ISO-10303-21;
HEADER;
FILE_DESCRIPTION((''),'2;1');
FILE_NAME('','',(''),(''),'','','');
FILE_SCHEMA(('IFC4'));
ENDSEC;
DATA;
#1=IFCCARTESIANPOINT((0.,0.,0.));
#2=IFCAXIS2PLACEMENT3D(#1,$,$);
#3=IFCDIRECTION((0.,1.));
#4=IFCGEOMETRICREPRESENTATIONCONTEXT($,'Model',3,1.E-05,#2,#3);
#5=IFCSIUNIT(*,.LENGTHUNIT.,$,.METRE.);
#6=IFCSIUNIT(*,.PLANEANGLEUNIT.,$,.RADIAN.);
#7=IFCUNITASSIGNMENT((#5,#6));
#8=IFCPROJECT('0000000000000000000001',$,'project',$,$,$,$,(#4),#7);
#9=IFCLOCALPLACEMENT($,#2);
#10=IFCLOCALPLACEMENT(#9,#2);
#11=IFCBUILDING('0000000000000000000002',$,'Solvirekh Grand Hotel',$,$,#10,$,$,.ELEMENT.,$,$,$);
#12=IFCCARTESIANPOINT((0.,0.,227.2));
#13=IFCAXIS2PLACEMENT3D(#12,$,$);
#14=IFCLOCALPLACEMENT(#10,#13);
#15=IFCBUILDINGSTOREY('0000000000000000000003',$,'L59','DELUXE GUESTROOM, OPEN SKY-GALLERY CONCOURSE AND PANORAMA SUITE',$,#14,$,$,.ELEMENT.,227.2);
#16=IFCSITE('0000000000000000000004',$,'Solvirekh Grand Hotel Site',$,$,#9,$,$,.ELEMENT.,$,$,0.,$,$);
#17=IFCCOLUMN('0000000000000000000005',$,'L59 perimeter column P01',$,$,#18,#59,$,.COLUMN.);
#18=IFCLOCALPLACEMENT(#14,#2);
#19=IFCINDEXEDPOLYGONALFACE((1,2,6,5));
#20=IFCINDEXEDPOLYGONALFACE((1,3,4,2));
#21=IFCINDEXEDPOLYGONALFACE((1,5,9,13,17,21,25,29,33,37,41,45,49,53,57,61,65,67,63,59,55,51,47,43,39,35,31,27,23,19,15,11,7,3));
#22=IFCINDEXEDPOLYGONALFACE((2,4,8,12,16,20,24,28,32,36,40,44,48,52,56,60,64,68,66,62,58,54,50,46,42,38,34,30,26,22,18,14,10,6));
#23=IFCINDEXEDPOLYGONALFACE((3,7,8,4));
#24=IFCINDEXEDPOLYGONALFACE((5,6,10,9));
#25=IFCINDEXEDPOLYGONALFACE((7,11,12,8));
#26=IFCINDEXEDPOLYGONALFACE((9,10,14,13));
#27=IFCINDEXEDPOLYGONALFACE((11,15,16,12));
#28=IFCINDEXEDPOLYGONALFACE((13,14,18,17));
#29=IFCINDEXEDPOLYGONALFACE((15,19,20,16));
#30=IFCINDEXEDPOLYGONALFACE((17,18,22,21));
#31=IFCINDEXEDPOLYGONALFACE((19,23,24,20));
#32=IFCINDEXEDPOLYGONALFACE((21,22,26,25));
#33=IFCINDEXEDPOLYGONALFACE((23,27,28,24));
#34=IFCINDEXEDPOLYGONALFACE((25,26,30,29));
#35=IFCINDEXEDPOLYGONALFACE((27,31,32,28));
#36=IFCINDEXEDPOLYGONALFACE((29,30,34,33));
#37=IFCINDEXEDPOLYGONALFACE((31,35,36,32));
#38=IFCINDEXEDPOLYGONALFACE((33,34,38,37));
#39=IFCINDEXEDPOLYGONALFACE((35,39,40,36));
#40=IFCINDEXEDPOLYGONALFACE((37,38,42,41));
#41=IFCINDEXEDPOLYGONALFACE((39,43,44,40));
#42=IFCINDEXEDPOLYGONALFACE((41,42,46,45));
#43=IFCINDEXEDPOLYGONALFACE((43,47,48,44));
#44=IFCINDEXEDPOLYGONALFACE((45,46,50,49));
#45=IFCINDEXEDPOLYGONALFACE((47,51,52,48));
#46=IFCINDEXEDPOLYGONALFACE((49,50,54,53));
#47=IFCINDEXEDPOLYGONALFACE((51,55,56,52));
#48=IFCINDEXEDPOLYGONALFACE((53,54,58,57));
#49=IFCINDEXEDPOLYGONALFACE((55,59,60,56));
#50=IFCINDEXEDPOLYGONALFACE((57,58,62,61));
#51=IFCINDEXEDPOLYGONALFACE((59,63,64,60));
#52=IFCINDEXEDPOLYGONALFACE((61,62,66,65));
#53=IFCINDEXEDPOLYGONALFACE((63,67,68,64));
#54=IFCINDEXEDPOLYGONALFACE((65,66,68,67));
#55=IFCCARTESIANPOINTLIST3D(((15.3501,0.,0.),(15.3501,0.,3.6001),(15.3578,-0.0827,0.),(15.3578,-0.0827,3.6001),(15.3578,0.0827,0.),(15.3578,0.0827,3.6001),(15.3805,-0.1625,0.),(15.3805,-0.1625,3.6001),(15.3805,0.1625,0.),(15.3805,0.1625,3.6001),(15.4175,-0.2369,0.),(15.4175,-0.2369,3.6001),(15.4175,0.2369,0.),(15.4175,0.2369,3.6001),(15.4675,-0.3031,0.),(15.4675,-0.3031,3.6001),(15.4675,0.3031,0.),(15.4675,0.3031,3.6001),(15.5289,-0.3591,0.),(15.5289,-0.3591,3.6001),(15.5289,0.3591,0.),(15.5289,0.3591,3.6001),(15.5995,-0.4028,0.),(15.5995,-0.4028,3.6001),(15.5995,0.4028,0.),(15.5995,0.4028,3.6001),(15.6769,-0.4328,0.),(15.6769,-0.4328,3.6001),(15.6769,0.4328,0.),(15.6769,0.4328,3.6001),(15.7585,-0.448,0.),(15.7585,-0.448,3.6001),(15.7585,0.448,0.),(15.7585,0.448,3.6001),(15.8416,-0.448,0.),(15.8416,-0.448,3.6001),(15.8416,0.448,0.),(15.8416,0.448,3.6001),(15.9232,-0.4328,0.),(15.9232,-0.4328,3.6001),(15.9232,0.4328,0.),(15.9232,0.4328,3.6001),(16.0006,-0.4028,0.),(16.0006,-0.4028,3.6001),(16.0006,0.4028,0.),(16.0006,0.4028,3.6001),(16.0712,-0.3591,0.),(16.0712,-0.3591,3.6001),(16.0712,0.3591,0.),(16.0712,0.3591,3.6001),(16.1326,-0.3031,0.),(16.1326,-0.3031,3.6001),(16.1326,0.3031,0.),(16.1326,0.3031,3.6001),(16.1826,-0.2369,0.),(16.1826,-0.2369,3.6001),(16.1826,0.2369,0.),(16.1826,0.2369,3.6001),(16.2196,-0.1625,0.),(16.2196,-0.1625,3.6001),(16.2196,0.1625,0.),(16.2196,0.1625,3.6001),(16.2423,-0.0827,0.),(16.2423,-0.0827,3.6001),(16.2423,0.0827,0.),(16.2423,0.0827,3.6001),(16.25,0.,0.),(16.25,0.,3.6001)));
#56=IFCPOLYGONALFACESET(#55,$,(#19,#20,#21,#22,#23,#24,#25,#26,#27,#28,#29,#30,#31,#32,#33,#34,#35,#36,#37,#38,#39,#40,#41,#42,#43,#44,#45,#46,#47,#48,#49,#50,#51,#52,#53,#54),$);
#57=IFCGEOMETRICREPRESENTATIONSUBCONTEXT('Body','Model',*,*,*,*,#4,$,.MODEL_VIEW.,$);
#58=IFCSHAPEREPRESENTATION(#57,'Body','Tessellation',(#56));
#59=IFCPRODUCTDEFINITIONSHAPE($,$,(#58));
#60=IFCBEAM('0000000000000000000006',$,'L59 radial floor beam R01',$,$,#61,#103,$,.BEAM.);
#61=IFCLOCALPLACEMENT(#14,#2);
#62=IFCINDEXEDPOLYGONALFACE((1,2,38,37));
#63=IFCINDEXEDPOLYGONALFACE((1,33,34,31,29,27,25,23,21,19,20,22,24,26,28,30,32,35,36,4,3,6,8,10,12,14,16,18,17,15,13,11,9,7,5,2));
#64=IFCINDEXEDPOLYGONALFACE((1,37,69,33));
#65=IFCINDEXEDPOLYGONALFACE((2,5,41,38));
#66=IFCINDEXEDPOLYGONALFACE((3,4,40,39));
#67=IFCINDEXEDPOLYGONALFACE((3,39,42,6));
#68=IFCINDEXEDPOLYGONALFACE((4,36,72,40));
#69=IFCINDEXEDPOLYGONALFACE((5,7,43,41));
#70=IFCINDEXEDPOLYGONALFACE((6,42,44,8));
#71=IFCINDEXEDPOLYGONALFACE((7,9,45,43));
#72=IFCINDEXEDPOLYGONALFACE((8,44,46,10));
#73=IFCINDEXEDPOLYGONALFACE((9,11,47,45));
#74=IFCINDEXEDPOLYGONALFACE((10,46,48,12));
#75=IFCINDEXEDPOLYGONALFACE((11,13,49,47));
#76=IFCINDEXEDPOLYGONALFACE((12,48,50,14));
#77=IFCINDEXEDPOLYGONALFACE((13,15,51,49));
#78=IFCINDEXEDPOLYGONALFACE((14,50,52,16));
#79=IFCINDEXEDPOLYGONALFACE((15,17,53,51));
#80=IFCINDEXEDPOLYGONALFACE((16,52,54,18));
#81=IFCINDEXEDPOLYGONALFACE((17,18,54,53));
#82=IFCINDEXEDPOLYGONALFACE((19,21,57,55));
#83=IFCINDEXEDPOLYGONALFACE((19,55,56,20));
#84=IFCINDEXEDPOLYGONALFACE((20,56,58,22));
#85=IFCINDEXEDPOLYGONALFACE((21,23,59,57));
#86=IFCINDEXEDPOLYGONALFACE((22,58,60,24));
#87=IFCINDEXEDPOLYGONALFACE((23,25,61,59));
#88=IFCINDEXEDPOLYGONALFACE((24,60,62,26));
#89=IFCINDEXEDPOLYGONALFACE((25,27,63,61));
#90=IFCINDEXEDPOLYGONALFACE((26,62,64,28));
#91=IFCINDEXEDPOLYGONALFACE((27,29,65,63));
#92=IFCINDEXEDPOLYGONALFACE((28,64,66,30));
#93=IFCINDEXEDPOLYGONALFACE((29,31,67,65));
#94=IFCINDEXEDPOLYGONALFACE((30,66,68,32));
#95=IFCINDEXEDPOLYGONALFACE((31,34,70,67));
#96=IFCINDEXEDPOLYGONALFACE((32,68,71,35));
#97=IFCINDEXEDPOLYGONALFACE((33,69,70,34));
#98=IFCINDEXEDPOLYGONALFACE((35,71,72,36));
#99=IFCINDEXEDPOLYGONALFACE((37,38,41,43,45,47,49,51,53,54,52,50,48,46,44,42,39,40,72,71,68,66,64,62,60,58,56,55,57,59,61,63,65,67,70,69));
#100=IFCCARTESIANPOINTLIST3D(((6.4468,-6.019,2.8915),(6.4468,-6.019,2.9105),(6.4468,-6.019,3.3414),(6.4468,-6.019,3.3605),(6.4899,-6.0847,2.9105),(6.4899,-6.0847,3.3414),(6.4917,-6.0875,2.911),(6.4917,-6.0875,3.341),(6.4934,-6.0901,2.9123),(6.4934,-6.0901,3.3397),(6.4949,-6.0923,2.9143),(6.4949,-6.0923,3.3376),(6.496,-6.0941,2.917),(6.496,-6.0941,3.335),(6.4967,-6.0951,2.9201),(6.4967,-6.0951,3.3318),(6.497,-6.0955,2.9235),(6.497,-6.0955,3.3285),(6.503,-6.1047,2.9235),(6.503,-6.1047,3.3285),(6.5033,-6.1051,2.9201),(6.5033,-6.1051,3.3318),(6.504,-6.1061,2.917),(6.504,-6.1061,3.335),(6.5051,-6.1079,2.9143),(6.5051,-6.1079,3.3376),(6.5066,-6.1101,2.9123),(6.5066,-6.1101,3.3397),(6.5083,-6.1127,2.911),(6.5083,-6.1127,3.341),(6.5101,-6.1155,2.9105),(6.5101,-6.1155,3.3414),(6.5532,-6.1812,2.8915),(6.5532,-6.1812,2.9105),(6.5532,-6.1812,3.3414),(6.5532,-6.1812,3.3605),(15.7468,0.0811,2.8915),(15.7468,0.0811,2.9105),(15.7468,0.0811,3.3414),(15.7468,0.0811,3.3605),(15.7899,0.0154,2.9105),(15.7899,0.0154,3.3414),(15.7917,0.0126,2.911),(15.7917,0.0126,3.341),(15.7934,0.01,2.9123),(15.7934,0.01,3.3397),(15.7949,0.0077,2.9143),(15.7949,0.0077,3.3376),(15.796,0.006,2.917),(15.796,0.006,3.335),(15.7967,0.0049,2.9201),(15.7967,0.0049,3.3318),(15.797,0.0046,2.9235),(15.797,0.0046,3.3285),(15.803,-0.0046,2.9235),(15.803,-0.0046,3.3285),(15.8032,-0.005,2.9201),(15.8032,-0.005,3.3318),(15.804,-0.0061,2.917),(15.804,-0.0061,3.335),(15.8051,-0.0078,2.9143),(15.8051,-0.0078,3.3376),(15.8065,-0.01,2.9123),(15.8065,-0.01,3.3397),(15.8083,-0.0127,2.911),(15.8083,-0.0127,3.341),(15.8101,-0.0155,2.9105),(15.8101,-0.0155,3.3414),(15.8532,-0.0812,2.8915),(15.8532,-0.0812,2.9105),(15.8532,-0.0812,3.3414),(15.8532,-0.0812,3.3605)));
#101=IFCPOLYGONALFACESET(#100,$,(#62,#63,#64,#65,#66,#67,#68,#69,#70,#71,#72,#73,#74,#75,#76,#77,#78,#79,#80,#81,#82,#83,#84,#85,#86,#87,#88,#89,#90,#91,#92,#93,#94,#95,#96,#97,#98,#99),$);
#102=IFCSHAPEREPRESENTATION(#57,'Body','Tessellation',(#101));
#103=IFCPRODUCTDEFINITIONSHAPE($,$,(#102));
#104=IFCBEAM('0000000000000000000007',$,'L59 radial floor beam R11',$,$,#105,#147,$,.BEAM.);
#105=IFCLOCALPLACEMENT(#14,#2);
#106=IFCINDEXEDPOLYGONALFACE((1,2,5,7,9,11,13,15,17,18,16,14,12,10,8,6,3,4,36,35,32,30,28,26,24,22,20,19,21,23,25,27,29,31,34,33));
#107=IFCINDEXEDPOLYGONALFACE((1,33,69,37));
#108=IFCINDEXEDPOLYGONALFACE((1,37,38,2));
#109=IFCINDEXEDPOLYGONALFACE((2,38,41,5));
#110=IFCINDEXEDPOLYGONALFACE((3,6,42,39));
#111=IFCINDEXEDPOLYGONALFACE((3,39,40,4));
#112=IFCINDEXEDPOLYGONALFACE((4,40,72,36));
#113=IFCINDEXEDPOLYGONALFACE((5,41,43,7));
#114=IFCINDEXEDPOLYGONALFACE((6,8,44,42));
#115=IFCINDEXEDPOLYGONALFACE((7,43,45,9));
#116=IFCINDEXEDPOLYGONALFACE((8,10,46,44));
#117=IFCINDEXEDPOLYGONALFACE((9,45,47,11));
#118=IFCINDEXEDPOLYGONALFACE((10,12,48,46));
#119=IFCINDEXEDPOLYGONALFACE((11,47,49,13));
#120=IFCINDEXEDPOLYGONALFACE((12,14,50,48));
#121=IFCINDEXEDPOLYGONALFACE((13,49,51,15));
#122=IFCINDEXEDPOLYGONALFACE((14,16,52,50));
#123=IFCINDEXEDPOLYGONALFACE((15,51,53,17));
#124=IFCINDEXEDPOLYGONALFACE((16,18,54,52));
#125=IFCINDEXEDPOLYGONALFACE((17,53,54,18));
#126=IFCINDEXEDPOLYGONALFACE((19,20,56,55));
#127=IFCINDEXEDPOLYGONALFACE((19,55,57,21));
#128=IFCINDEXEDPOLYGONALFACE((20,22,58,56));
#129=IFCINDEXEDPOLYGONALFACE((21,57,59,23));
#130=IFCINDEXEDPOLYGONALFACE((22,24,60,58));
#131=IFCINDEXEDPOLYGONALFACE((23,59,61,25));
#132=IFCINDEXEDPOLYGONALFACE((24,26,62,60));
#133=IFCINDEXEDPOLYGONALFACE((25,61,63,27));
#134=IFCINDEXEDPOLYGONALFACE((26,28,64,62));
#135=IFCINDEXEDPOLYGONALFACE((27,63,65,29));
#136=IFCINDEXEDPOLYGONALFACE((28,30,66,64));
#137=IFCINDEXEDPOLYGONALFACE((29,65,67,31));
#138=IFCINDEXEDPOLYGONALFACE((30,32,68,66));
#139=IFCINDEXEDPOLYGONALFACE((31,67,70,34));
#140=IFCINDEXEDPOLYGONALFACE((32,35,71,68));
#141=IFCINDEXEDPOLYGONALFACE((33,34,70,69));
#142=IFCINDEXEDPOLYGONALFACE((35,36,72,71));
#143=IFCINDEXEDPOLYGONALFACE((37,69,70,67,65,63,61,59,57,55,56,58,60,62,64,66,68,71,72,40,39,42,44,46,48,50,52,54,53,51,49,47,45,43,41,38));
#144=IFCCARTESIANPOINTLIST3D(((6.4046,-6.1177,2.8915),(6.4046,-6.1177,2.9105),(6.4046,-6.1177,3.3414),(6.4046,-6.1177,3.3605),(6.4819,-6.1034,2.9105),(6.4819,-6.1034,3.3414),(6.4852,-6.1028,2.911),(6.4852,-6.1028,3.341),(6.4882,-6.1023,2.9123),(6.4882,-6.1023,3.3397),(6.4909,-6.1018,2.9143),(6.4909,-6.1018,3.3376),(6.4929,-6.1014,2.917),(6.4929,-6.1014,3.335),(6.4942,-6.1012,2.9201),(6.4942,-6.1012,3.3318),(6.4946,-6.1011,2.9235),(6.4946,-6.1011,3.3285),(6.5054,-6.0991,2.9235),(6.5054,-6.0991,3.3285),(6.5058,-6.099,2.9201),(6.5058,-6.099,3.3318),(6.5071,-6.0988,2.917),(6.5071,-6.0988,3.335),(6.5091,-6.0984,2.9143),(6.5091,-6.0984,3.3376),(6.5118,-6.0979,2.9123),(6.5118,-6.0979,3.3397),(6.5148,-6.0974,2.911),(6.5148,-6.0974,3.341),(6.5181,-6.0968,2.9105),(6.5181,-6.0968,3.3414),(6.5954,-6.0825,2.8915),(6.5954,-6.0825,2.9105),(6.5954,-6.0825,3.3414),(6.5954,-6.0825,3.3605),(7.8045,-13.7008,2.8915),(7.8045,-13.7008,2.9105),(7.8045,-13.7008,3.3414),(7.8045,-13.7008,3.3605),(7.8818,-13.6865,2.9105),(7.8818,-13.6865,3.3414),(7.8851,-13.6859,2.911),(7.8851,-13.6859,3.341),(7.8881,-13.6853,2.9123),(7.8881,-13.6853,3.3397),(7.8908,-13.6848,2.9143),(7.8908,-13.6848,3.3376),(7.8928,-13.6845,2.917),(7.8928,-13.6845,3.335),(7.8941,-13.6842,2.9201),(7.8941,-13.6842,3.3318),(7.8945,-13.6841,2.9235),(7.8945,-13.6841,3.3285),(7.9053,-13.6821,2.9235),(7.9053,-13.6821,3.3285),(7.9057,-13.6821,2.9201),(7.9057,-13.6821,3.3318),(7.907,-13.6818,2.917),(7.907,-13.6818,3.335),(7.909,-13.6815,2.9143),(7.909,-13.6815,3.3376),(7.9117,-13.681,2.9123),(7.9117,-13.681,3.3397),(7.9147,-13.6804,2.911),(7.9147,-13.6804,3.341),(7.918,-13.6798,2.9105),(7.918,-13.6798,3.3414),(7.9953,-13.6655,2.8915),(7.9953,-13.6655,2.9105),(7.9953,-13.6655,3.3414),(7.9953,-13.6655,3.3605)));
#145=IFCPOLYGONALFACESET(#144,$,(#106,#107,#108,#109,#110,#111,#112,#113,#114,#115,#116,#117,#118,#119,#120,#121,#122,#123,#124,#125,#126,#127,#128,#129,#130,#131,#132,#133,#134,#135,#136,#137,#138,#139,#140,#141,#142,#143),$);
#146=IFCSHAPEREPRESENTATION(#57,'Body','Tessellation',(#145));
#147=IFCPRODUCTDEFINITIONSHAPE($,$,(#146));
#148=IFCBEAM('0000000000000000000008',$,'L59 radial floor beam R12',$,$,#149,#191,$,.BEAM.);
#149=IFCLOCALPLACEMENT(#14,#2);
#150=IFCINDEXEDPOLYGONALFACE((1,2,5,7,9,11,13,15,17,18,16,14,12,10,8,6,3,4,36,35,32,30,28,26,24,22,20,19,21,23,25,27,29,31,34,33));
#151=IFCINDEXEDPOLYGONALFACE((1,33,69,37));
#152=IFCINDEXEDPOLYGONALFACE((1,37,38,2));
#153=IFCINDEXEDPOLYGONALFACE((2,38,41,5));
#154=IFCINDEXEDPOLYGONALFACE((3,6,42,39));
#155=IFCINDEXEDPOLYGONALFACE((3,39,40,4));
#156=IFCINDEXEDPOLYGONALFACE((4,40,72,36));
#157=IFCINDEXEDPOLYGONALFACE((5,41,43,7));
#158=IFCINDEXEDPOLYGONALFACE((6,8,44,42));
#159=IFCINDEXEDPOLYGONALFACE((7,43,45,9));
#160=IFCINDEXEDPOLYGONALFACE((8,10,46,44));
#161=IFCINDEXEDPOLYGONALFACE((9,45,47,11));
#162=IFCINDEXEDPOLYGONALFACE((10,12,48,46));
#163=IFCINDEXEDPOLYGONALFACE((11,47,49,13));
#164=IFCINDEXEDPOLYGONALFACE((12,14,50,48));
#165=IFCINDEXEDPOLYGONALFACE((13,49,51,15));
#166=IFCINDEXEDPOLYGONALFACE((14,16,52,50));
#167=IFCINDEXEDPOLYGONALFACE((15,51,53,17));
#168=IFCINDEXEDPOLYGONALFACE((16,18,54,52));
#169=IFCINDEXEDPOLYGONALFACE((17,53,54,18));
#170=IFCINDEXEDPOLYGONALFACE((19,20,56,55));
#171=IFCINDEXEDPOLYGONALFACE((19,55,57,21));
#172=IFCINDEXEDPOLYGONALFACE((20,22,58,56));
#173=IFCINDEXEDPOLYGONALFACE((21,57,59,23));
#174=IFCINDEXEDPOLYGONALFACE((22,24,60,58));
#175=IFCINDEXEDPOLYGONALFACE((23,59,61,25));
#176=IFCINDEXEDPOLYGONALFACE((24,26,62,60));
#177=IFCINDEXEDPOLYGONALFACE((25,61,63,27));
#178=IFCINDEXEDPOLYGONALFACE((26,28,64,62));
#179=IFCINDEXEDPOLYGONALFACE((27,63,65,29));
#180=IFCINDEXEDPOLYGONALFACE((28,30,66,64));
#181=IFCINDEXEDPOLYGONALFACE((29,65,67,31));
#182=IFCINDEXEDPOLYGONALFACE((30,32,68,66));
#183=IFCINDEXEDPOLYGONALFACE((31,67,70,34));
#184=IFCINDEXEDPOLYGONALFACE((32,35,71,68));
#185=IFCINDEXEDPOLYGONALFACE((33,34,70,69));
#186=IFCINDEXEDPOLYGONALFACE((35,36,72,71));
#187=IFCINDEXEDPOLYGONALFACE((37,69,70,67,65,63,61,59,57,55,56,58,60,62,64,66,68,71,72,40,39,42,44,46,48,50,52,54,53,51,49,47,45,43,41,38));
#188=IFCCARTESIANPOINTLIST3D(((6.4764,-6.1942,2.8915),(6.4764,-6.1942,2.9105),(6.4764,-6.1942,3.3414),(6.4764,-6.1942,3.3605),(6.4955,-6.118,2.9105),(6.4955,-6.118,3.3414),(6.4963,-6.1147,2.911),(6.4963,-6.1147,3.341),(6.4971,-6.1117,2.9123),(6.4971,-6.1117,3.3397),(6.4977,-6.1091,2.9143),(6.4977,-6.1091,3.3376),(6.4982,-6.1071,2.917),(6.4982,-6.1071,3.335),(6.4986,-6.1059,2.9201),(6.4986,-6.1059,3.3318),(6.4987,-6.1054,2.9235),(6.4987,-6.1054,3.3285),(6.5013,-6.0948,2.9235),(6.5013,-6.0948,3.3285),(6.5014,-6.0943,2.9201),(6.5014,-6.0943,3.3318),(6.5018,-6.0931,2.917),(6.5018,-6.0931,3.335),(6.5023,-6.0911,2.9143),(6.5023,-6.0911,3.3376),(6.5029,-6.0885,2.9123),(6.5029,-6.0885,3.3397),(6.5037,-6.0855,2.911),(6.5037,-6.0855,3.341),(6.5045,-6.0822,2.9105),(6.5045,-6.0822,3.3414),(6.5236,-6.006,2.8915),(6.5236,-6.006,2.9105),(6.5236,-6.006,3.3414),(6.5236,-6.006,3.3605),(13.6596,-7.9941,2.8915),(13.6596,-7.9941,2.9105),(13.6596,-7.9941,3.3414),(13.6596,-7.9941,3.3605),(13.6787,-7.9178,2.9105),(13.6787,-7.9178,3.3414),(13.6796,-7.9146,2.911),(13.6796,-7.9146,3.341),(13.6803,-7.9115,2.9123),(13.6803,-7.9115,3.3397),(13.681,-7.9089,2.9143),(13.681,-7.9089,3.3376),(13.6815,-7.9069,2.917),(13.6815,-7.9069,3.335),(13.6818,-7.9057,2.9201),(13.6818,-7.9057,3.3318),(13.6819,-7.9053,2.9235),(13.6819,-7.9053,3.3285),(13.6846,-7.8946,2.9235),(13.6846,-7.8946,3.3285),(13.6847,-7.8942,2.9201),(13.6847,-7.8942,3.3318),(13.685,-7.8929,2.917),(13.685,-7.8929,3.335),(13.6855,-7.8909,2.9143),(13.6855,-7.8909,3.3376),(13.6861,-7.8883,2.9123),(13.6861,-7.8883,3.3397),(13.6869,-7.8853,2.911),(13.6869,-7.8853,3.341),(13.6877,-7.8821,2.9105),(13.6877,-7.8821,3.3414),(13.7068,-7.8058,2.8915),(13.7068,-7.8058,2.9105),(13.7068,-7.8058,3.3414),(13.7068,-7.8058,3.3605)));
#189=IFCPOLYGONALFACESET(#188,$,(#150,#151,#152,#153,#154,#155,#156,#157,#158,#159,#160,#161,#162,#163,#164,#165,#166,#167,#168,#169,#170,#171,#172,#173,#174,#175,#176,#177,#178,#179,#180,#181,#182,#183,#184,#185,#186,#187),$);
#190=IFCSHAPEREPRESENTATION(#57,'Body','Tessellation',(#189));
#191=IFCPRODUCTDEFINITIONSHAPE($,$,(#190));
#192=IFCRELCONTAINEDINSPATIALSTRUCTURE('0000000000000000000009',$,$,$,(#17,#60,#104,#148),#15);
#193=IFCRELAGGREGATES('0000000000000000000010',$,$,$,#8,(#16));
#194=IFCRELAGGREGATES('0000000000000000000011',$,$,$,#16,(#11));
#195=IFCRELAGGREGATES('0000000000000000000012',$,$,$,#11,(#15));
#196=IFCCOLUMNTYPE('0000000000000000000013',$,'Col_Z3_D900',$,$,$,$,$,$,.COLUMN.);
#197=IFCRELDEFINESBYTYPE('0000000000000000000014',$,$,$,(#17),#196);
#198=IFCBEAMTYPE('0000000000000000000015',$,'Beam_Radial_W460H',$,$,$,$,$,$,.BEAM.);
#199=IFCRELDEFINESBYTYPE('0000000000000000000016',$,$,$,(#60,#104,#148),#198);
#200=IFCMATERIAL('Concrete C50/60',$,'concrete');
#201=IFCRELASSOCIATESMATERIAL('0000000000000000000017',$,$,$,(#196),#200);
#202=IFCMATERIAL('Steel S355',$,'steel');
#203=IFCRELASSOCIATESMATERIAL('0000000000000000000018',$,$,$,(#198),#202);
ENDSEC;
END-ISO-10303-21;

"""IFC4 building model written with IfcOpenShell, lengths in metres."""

from ifc_helpers import new_model, si_unit, direction, frame, origin, origin_2d, place, context, subcontext, project, spatial, circle, i_section, extrude, material, material_profile, profile_set, type_object, element, save


model = new_model("IFC4")

# Units and contexts
model_context = context("Model", 3, precision=1e-05, world=origin(), true_north=direction((0.0, 1.0)))
body_context = subcontext(model_context, "Body", "Model", "MODEL_VIEW")
ifc_project = project(units=[si_unit("LENGTHUNIT", "METRE"), si_unit("PLANEANGLEUNIT", "RADIAN")], contexts=[model_context])

# Site, building, storey
site_placement = place(None, origin())
site = spatial("IfcSite", under=ifc_project, at=site_placement, Name="Solvirekh Grand Hotel Site", CompositionType="ELEMENT", RefElevation=0.0)
building_placement = place(site_placement, origin())
building = spatial("IfcBuilding", under=site, at=building_placement, Name="Solvirekh Grand Hotel", CompositionType="ELEMENT")
storey_placement = place(building_placement, frame((0.0, 0.0, 227.2)))
storey = spatial("IfcBuildingStorey", under=building, at=storey_placement, Name="L59", Description="DELUXE GUESTROOM, OPEN SKY-GALLERY CONCOURSE AND PANORAMA SUITE", CompositionType="ELEMENT", Elevation=227.2)

# Column
ifc_material_1 = material(Name="Concrete C50/60", Category="concrete")
ifc_material_profile_1 = material_profile(ifc_material_1, circle(Radius=0.45, at=origin_2d()), Name="RC CIRC D900")
ifc_profile_set_1 = profile_set([ifc_material_profile_1], Name="Concrete C50/60")
column_type = type_object("IfcColumnType", Name="Col_Z3_D900", PredefinedType="COLUMN", material=ifc_profile_set_1)
column_placement = place(storey_placement, frame((15.8, 0.0, 0.0), z_axis=(0.0, 0.0, 1.0), x_axis=(1.0, 0.0, 0.0)))
element("IfcColumn", 1, at=column_placement, inside=storey, type_object=column_type, Name="L59 perimeter column P01", PredefinedType="COLUMN", context=body_context, shape_type="SweptSolid", body=[
    extrude(circle(Radius=0.45, at=origin_2d()), origin(), (0.0, 0.0, 1.0), 3.6001),
])

# Beams
ifc_material_2 = material(Name="Steel S355", Category="steel")
ifc_material_profile_2 = material_profile(ifc_material_2, i_section(OverallWidth=0.1941, OverallDepth=0.469, WebThickness=0.011, FlangeThickness=0.019, FilletRadius=0.0129, at=origin_2d()), Name="W460X106")
ifc_profile_set_2 = profile_set([ifc_material_profile_2], Name="Steel S355")
beam_type_1 = type_object("IfcBeamType", Name="Beam_Radial_W460H", PredefinedType="BEAM", material=ifc_profile_set_2)
beam_1_placement = place(storey_placement, frame((6.5, -6.1001, 3.126), z_axis=(0.836174, 0.548464, 0.0), x_axis=(-0.548464, 0.836174, 0.0)))
element("IfcBeam", 2, at=beam_1_placement, inside=storey, type_object=beam_type_1, Name="L59 radial floor beam R01", PredefinedType="BEAM", context=body_context, shape_type="SweptSolid", body=[
    extrude(i_section(OverallWidth=0.1941, OverallDepth=0.469, WebThickness=0.011, FlangeThickness=0.019, FilletRadius=0.0129, at=origin_2d()), origin(), (0.0, 0.0, 1.0), 11.1221),
])
beam_2_placement = place(storey_placement, frame((6.5, -6.1001, 3.126), z_axis=(0.181543, -0.983383, 0.0), x_axis=(0.983383, 0.181543, 0.0)))
element("IfcBeam", 3, at=beam_2_placement, inside=storey, type_object=beam_type_1, Name="L59 radial floor beam R11", PredefinedType="BEAM", context=body_context, shape_type="SweptSolid", body=[
    extrude(i_section(OverallWidth=0.1941, OverallDepth=0.469, WebThickness=0.011, FlangeThickness=0.019, FilletRadius=0.0129, at=origin_2d()), origin(), (0.0, 0.0, 1.0), 7.7112),
])
beam_3_placement = place(storey_placement, frame((6.5, -6.1001, 3.126), z_axis=(0.970014, -0.243048, 0.0), x_axis=(0.243048, 0.970014, 0.0)))
element("IfcBeam", 4, at=beam_3_placement, inside=storey, type_object=beam_type_1, Name="L59 radial floor beam R12", PredefinedType="BEAM", context=body_context, shape_type="SweptSolid", body=[
    extrude(i_section(OverallWidth=0.1941, OverallDepth=0.469, WebThickness=0.011, FlangeThickness=0.019, FilletRadius=0.0129, at=origin_2d()), origin(), (0.0, 0.0, 1.0), 7.4053),
])

save(model, "model.ifc")
